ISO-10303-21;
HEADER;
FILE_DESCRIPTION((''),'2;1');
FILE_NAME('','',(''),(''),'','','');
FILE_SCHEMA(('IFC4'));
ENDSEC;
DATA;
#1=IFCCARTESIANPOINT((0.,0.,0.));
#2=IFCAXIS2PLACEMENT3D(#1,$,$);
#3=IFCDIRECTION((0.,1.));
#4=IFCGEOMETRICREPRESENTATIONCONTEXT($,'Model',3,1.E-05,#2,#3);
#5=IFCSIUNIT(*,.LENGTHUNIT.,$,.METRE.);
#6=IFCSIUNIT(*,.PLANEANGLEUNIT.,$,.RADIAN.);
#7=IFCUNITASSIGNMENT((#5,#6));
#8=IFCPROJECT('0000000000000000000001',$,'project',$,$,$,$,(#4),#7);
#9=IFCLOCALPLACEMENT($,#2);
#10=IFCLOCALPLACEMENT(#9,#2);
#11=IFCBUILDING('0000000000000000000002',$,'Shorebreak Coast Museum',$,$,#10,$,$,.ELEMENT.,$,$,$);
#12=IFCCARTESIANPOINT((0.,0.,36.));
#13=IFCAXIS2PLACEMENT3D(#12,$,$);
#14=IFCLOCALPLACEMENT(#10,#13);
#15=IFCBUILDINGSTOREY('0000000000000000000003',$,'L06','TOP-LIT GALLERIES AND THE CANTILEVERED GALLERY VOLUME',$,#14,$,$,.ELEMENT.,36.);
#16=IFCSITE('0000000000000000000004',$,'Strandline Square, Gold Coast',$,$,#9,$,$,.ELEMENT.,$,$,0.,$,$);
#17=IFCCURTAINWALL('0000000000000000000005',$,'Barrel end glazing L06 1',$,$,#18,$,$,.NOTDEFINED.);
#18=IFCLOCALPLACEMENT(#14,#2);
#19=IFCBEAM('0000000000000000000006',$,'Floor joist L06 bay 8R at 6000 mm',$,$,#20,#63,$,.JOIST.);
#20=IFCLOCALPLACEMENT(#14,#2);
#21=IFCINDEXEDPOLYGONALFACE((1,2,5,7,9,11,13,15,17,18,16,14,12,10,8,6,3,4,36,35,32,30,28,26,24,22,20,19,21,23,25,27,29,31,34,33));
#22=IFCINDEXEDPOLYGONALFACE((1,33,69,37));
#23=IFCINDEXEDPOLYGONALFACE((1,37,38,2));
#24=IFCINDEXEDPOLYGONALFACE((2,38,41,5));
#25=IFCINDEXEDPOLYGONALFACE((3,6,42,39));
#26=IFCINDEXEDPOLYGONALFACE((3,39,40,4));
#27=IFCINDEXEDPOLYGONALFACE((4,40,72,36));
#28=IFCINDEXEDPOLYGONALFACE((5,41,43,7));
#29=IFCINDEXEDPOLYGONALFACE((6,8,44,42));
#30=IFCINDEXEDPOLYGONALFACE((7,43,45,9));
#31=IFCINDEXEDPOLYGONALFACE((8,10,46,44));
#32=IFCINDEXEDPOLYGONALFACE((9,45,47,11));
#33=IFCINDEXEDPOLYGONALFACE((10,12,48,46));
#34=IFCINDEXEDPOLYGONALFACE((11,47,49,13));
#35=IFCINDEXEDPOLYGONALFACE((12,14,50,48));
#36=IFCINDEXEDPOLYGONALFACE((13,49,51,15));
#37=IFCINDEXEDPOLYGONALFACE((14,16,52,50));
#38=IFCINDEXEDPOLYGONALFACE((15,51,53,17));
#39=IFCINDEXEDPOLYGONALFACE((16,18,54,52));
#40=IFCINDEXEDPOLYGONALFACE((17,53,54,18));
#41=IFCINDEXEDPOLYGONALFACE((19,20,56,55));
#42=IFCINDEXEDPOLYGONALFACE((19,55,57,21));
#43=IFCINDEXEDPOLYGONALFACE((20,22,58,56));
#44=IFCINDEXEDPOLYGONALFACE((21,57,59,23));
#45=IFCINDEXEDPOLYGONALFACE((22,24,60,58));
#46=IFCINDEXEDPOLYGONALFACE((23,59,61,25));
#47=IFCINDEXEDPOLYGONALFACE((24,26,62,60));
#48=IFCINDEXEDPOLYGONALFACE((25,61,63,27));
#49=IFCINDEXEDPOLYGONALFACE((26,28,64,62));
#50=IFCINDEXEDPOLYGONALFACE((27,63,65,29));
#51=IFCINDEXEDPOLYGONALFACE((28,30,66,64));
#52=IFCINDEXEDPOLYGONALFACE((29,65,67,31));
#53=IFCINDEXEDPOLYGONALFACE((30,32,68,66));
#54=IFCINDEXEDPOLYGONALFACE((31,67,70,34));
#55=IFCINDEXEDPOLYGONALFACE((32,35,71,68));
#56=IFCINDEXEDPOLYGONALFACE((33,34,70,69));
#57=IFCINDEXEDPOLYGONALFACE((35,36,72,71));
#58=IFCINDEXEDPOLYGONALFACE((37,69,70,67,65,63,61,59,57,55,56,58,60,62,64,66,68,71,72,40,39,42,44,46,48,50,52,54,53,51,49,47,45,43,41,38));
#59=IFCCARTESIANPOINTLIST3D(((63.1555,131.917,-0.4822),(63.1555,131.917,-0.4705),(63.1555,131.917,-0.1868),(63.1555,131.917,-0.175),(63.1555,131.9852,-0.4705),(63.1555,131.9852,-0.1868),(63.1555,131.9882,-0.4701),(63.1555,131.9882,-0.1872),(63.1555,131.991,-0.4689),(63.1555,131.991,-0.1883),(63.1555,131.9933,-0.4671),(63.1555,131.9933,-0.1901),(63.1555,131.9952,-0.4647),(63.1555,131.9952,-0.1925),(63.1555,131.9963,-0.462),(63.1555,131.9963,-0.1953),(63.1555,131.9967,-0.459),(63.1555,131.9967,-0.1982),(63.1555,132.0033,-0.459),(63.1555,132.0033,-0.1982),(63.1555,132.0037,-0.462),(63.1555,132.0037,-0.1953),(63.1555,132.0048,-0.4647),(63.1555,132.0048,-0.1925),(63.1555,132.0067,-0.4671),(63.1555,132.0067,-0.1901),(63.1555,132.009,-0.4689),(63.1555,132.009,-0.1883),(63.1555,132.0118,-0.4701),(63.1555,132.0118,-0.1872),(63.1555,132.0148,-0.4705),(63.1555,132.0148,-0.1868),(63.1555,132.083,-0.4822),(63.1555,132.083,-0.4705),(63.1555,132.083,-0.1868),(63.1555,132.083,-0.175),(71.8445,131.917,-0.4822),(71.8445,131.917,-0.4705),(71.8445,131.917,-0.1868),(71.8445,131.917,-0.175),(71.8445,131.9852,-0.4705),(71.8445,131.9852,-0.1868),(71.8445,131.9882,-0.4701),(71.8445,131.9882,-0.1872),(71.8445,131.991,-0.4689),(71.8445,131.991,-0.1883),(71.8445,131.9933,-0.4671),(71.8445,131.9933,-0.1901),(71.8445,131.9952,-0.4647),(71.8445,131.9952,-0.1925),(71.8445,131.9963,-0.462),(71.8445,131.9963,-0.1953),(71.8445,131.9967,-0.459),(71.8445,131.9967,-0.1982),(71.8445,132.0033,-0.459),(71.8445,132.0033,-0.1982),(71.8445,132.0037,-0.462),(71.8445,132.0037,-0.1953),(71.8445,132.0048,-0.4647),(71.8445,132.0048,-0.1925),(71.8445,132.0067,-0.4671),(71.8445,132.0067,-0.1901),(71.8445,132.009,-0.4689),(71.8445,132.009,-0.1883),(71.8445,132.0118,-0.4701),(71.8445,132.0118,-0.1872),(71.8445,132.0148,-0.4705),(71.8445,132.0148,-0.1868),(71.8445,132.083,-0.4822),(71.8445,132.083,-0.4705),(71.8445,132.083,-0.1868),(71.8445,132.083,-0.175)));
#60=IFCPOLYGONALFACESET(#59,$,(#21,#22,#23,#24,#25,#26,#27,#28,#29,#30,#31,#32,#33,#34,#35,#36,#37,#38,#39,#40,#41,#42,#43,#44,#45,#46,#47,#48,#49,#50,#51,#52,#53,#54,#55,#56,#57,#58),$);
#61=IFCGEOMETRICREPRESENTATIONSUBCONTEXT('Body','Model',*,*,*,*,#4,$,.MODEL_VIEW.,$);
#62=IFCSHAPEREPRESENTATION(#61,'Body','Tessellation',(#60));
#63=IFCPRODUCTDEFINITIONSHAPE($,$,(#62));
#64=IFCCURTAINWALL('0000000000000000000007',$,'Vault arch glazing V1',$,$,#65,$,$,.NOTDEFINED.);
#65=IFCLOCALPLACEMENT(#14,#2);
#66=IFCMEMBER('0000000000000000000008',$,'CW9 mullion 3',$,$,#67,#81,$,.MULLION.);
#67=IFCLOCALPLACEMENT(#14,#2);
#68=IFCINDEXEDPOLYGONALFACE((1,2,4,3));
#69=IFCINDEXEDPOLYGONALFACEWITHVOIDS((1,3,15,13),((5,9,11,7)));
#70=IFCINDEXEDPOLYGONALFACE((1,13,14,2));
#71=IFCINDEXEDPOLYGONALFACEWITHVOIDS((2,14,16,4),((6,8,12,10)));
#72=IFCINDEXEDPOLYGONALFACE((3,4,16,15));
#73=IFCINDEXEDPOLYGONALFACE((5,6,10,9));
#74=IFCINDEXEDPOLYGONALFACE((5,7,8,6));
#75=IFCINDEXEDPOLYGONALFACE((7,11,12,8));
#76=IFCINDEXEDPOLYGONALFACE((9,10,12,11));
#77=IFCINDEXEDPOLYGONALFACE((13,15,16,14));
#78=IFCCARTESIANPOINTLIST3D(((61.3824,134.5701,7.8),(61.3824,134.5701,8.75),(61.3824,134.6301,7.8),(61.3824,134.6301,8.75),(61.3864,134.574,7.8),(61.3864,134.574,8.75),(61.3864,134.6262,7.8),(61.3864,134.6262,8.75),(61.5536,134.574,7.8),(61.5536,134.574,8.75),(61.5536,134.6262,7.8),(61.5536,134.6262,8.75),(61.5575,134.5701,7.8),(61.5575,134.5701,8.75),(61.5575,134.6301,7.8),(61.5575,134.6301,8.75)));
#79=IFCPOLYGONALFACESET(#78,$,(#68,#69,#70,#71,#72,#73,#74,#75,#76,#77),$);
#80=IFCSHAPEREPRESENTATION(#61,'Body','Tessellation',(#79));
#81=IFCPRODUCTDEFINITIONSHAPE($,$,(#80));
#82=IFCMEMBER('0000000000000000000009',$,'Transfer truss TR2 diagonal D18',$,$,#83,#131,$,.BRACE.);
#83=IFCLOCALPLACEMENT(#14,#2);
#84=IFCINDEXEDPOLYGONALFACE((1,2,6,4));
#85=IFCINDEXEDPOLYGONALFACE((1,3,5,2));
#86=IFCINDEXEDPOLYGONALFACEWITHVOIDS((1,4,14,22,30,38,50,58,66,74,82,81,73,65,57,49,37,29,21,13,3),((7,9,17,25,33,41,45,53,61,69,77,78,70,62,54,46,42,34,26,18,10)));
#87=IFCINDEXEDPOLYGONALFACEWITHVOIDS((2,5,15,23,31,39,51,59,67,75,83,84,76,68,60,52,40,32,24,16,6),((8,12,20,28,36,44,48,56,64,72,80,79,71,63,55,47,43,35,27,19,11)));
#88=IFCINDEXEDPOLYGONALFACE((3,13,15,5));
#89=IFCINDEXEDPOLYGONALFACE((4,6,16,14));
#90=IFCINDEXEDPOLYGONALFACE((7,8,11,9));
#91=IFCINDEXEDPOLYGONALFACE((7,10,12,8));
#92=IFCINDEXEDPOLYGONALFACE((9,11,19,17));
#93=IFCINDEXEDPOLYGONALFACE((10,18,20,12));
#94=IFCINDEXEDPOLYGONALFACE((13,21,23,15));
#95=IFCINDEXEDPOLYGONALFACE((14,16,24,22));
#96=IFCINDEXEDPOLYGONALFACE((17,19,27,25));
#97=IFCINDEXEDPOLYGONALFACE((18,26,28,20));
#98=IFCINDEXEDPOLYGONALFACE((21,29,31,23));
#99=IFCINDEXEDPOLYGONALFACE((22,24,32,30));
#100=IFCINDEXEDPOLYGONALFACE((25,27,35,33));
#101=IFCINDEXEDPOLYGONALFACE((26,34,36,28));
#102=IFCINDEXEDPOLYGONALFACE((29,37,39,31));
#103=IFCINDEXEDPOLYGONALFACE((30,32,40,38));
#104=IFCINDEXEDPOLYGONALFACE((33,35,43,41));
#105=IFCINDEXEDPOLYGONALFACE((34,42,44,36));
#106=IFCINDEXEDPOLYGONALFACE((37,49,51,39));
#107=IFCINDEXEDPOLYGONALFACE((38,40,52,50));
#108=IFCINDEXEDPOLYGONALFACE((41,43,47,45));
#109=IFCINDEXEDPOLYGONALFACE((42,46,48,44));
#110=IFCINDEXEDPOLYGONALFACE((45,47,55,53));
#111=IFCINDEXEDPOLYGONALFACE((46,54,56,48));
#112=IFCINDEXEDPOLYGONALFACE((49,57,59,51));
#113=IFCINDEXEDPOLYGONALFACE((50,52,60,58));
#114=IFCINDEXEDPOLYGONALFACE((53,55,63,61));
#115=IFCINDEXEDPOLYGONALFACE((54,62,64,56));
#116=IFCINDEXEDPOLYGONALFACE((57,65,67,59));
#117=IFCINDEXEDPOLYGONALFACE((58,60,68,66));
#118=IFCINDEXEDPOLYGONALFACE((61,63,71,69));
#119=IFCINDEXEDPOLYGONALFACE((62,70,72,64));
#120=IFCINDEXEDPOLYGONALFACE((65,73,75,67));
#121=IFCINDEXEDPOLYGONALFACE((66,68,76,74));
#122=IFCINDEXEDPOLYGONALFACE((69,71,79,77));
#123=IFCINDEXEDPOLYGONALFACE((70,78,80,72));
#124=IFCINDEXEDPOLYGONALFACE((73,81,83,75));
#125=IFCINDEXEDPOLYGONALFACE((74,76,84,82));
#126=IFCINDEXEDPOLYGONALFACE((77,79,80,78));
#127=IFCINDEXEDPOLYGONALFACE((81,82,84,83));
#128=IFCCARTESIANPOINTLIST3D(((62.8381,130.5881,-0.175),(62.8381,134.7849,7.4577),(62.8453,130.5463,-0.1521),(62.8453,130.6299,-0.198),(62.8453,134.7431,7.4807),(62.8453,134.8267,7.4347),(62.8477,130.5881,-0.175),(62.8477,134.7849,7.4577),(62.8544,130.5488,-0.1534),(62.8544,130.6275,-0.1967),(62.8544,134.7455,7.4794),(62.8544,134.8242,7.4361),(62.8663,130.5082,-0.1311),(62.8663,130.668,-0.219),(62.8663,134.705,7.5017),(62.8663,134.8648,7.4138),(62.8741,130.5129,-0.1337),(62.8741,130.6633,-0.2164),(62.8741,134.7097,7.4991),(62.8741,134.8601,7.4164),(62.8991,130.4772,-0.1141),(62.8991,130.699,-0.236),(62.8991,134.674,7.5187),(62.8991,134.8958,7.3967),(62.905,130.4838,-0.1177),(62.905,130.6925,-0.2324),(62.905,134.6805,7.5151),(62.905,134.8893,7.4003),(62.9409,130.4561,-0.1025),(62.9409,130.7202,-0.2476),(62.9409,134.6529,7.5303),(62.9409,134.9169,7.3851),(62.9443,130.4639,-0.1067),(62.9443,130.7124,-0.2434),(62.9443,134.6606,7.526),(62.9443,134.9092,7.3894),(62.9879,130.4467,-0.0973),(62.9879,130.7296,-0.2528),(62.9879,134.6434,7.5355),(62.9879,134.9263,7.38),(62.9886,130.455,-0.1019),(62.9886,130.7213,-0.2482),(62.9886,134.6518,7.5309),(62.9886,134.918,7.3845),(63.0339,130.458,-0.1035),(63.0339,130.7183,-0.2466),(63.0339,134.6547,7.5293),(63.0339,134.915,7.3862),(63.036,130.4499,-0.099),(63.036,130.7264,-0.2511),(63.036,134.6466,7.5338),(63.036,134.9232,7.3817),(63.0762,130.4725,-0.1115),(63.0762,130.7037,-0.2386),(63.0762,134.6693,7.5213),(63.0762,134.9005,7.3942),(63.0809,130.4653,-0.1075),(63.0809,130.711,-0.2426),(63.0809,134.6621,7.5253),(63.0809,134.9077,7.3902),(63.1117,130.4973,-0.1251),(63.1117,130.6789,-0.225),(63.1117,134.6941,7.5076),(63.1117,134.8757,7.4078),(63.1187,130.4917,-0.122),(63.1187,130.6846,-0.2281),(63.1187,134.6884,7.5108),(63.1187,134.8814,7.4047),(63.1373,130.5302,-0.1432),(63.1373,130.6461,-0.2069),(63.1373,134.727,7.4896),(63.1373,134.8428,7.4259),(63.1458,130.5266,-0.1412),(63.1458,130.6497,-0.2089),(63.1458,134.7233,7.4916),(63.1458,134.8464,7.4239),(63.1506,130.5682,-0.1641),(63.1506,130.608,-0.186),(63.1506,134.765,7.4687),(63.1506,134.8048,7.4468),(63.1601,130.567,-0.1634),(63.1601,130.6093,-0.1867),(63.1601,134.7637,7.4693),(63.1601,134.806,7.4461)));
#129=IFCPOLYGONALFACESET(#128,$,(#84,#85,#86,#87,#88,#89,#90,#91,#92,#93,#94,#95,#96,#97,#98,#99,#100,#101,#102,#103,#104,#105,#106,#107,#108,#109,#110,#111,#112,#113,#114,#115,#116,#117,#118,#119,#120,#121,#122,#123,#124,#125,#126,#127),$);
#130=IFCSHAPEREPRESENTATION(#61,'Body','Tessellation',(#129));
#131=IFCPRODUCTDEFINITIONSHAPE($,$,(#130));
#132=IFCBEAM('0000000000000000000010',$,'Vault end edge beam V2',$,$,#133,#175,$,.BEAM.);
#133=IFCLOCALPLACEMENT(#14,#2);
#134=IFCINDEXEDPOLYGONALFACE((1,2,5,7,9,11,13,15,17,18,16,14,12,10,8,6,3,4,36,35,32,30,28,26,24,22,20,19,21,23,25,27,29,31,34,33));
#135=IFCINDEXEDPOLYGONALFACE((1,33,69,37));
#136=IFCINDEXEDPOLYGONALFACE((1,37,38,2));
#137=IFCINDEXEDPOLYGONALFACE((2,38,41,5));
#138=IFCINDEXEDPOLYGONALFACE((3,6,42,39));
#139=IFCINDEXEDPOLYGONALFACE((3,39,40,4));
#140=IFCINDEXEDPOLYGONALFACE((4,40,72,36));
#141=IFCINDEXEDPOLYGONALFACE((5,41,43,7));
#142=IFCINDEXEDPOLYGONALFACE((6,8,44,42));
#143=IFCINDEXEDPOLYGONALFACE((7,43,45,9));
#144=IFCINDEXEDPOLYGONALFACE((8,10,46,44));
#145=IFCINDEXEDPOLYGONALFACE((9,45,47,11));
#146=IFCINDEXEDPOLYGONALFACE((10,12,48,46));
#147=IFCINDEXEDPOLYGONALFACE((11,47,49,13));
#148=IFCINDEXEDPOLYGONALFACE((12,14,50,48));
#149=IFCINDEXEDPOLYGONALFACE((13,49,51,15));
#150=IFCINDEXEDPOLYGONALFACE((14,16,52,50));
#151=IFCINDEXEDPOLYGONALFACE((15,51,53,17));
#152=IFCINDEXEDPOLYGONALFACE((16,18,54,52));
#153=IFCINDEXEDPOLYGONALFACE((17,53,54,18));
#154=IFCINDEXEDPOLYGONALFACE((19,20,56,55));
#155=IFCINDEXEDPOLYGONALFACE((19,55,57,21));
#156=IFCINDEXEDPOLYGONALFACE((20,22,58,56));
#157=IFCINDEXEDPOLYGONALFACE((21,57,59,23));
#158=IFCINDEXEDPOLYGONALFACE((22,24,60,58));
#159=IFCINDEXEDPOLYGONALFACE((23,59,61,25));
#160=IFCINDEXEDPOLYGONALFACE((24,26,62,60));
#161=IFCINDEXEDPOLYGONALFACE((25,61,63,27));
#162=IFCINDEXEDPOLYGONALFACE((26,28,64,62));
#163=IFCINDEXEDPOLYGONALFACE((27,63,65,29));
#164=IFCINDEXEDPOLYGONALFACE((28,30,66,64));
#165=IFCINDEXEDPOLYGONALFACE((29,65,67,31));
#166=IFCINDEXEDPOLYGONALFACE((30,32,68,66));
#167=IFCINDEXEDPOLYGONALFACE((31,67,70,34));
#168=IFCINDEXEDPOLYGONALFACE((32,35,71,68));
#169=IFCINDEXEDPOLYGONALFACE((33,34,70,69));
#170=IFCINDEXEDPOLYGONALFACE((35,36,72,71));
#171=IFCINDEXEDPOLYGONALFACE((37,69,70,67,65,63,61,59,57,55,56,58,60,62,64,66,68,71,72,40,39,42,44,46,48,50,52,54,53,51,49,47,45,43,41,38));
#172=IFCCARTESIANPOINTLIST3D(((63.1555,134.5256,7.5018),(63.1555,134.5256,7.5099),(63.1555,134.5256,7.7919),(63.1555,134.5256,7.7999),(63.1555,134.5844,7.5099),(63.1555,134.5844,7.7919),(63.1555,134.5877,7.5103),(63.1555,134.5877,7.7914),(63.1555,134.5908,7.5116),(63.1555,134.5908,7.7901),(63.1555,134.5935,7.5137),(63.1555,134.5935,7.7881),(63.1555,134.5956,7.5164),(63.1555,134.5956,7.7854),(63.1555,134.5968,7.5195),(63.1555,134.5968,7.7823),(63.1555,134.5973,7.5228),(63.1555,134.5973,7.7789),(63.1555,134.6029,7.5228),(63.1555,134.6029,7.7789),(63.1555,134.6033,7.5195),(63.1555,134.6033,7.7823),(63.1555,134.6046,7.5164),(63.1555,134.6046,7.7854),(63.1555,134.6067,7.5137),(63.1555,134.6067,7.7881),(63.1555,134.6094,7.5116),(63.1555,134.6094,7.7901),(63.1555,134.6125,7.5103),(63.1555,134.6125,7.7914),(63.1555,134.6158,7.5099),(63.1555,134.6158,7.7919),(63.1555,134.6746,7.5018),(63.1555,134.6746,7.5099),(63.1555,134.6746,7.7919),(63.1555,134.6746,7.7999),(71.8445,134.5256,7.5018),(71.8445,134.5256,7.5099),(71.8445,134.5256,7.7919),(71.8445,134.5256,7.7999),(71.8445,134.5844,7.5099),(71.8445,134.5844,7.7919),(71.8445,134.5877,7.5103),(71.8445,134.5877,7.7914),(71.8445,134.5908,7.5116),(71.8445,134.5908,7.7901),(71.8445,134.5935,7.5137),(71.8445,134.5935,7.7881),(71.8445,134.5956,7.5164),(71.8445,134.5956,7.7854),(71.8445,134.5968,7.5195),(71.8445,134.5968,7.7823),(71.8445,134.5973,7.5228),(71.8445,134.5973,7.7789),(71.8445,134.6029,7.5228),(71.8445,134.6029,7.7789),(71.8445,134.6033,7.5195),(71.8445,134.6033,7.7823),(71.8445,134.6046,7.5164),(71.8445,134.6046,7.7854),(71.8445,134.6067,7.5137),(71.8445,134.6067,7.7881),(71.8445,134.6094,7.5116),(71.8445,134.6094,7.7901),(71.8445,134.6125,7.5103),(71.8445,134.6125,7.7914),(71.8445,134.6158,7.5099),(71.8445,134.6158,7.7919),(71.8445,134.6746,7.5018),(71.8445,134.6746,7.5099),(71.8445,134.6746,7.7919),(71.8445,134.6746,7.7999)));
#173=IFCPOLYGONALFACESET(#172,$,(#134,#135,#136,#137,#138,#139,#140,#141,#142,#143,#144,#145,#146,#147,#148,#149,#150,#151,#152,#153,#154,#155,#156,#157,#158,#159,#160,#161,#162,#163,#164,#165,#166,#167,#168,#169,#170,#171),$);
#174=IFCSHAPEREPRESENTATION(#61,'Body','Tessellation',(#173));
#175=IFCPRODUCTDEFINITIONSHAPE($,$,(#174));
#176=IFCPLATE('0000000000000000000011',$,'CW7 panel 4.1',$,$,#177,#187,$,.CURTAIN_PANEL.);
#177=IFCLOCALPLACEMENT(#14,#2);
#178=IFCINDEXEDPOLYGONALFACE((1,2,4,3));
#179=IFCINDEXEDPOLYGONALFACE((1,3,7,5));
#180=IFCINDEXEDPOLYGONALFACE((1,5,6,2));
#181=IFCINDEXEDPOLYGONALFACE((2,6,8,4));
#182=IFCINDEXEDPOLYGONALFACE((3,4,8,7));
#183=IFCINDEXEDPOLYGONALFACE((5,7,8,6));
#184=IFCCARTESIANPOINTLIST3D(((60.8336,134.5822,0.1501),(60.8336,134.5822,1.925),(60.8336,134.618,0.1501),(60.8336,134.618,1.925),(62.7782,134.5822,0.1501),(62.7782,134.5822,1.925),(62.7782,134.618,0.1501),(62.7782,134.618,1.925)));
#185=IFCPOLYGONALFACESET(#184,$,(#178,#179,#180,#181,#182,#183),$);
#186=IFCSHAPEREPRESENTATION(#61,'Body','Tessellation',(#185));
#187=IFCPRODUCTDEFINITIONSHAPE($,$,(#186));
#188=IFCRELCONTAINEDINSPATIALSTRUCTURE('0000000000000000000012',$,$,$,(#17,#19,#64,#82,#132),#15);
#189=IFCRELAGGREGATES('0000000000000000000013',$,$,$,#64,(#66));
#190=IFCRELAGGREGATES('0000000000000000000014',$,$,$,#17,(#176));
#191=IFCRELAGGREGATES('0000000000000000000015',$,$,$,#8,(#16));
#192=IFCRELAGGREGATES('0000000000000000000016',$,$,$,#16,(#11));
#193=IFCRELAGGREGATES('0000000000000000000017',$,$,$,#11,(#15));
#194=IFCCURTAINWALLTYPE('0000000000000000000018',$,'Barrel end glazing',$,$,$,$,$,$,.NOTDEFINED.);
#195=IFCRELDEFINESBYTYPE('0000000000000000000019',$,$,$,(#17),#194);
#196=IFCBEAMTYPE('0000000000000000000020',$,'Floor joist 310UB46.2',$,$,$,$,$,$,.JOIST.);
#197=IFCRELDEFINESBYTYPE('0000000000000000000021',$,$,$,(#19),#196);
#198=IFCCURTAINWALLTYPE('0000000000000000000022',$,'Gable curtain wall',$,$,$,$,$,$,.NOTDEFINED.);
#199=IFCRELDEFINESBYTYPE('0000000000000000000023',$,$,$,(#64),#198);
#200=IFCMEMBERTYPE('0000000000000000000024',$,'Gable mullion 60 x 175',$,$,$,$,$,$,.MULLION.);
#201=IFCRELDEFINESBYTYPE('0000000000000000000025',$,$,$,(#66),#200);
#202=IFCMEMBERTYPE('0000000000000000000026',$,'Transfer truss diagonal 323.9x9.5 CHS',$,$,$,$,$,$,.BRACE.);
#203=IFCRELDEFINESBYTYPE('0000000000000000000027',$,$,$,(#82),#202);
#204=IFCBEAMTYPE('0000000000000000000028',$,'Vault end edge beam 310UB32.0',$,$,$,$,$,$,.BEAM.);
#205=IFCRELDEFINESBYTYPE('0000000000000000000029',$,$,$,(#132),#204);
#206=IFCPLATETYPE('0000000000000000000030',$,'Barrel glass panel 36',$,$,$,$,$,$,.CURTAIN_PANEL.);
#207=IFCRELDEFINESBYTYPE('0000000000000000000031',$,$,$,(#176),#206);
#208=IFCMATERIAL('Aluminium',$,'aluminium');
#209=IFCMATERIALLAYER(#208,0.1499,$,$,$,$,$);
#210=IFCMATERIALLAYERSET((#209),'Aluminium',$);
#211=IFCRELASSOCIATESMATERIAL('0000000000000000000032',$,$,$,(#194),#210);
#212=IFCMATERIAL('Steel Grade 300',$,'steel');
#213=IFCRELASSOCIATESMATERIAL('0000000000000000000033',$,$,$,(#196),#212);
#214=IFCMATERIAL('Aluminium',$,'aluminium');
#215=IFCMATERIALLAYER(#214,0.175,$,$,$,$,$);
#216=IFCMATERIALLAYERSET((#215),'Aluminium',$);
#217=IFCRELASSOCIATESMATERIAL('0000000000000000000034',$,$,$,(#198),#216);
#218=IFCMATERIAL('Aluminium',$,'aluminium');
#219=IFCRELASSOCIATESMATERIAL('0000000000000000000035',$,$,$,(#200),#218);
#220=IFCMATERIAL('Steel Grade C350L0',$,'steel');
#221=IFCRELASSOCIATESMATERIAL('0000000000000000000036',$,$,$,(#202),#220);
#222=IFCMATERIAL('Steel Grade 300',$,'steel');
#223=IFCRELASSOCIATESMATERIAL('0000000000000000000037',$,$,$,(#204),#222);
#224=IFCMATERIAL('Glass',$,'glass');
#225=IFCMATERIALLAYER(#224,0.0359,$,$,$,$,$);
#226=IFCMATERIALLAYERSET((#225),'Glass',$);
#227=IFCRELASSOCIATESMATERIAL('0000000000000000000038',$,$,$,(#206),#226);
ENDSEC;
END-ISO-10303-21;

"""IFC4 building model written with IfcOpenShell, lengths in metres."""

from ifc_helpers import new_model, si_unit, direction, frame, origin, origin_2d, place, context, subcontext, project, spatial, rectangle, hollow_rectangle, hollow_circle, i_section, extrude, material, layer, layer_set, material_profile, profile_set, type_object, element, aggregate, save


model = new_model("IFC4")

# Units and contexts
model_context = context("Model", 3, precision=1e-05, world=origin(), true_north=direction((0.0, 1.0)))
body_context = subcontext(model_context, "Body", "Model", "MODEL_VIEW")
ifc_project = project(units=[si_unit("LENGTHUNIT", "METRE"), si_unit("PLANEANGLEUNIT", "RADIAN")], contexts=[model_context])

# Site, building, storey
site_placement = place(None, origin())
site = spatial("IfcSite", under=ifc_project, at=site_placement, Name="Strandline Square, Gold Coast", CompositionType="ELEMENT", RefElevation=0.0)
building_placement = place(site_placement, origin())
building = spatial("IfcBuilding", under=site, at=building_placement, Name="Shorebreak Coast Museum", CompositionType="ELEMENT")
storey_placement = place(building_placement, frame((0.0, 0.0, 36.0)))
storey = spatial("IfcBuildingStorey", under=building, at=storey_placement, Name="L06", Description="TOP-LIT GALLERIES AND THE CANTILEVERED GALLERY VOLUME", CompositionType="ELEMENT", Elevation=36.0)

# Curtain wall
ifc_material_1 = material(Name="Aluminium", Category="aluminium")
ifc_layer_1 = layer(ifc_material_1, 0.1499)
ifc_layer_set_1 = layer_set([ifc_layer_1], Name="Aluminium")
curtain_wall_type_1 = type_object("IfcCurtainWallType", Name="Barrel end glazing", PredefinedType="NOTDEFINED", material=ifc_layer_set_1)
curtain_wall_1_placement = place(storey_placement, origin())
curtain_wall_1 = element("IfcCurtainWall", 1, at=curtain_wall_1_placement, inside=storey, type_object=curtain_wall_type_1, Name="Barrel end glazing L06 1", PredefinedType="NOTDEFINED")

# Beam
ifc_material_2 = material(Name="Steel Grade 300", Category="steel")
ifc_material_profile_1 = material_profile(ifc_material_2, i_section(OverallWidth=0.166, OverallDepth=0.3071, WebThickness=0.0066, FlangeThickness=0.0117, FilletRadius=0.0115, at=origin_2d()), Name="310UB46.2")
ifc_profile_set_1 = profile_set([ifc_material_profile_1], Name="Steel Grade 300")
beam_type_1 = type_object("IfcBeamType", Name="Floor joist 310UB46.2", PredefinedType="JOIST", material=ifc_profile_set_1)
beam_1_placement = place(storey_placement, frame((63.1555, 132.0, -0.3286), z_axis=(1.0, 0.0, 0.0), x_axis=(0.0, 1.0, 0.0)))
element("IfcBeam", 2, at=beam_1_placement, inside=storey, type_object=beam_type_1, Name="Floor joist L06 bay 8R at 6000 mm", PredefinedType="JOIST", context=body_context, shape_type="SweptSolid", body=[
    extrude(i_section(OverallWidth=0.166, OverallDepth=0.3071, WebThickness=0.0066, FlangeThickness=0.0117, FilletRadius=0.0115, at=origin_2d()), origin(), (0.0, 0.0, 1.0), 8.689),
])

# Curtain wall, member
ifc_material_3 = material(Name="Aluminium", Category="aluminium")
ifc_layer_2 = layer(ifc_material_3, 0.175)
ifc_layer_set_2 = layer_set([ifc_layer_2], Name="Aluminium")
curtain_wall_type_2 = type_object("IfcCurtainWallType", Name="Gable curtain wall", PredefinedType="NOTDEFINED", material=ifc_layer_set_2)
curtain_wall_2_placement = place(storey_placement, origin())
curtain_wall_2 = element("IfcCurtainWall", 3, at=curtain_wall_2_placement, inside=storey, type_object=curtain_wall_type_2, Name="Vault arch glazing V1", PredefinedType="NOTDEFINED")
ifc_material_4 = material(Name="Aluminium", Category="aluminium")
ifc_material_profile_2 = material_profile(ifc_material_4, hollow_rectangle(XDim=0.0601, YDim=0.175, WallThickness=0.0039, at=origin_2d()), Name="AL 175x60 RHS")
ifc_profile_set_2 = profile_set([ifc_material_profile_2], Name="Aluminium")
member_type_1 = type_object("IfcMemberType", Name="Gable mullion 60 x 175", PredefinedType="MULLION", material=ifc_profile_set_2)
member_1_placement = place(storey_placement, frame((61.47, 134.6001, 7.8), z_axis=(0.0, 0.0, 1.0), x_axis=(0.0, 1.0, 0.0)))
member_1 = element("IfcMember", 4, at=member_1_placement, type_object=member_type_1, Name="CW9 mullion 3", PredefinedType="MULLION", context=body_context, shape_type="SweptSolid", body=[
    extrude(hollow_rectangle(XDim=0.0601, YDim=0.175, WallThickness=0.0039, at=origin_2d()), origin(), (0.0, 0.0, 1.0), 0.95),
])
aggregate(curtain_wall_2, [member_1])

# Member
ifc_material_5 = material(Name="Steel Grade C350L0", Category="steel")
ifc_material_profile_3 = material_profile(ifc_material_5, hollow_circle(Radius=0.1619, WallThickness=0.0095, at=origin_2d()), Name="323.9x9.5 CHS")
ifc_profile_set_3 = profile_set([ifc_material_profile_3], Name="Steel Grade C350L0")
member_type_2 = type_object("IfcMemberType", Name="Transfer truss diagonal 323.9x9.5 CHS", PredefinedType="BRACE", material=ifc_profile_set_3)
member_2_placement = place(storey_placement, frame((63.0, 130.5881, -0.175), z_axis=(0.0, 0.481807, 0.876277), x_axis=(-1.0, 0.0, 0.0)))
element("IfcMember", 5, at=member_2_placement, inside=storey, type_object=member_type_2, Name="Transfer truss TR2 diagonal D18", PredefinedType="BRACE", context=body_context, shape_type="SweptSolid", body=[
    extrude(hollow_circle(Radius=0.1619, WallThickness=0.0095, at=origin_2d()), origin(), (0.0, 0.0, 1.0), 8.7104),
])

# Beam
ifc_material_6 = material(Name="Steel Grade 300", Category="steel")
ifc_material_profile_4 = material_profile(ifc_material_6, i_section(OverallWidth=0.1489, OverallDepth=0.2981, WebThickness=0.0056, FlangeThickness=0.0081, FilletRadius=0.0129, at=origin_2d()), Name="310UB32.0")
ifc_profile_set_4 = profile_set([ifc_material_profile_4], Name="Steel Grade 300")
beam_type_2 = type_object("IfcBeamType", Name="Vault end edge beam 310UB32.0", PredefinedType="BEAM", material=ifc_profile_set_4)
beam_2_placement = place(storey_placement, frame((63.1555, 134.6001, 7.6509), z_axis=(1.0, 0.0, 0.0), x_axis=(0.0, 1.0, 0.0)))
element("IfcBeam", 6, at=beam_2_placement, inside=storey, type_object=beam_type_2, Name="Vault end edge beam V2", PredefinedType="BEAM", context=body_context, shape_type="SweptSolid", body=[
    extrude(i_section(OverallWidth=0.1489, OverallDepth=0.2981, WebThickness=0.0056, FlangeThickness=0.0081, FilletRadius=0.0129, at=origin_2d()), origin(), (0.0, 0.0, 1.0), 8.689),
])

# Plate
ifc_material_7 = material(Name="Glass", Category="glass")
ifc_layer_3 = layer(ifc_material_7, 0.0359)
ifc_layer_set_3 = layer_set([ifc_layer_3], Name="Glass")
plate_type = type_object("IfcPlateType", Name="Barrel glass panel 36", PredefinedType="CURTAIN_PANEL", material=ifc_layer_set_3)
plate_1_placement = place(storey_placement, frame((61.8059, 134.6001, 0.1501), z_axis=(0.0, 0.0, 1.0), x_axis=(1.0, 0.0, 0.0)))
plate_1 = element("IfcPlate", 7, at=plate_1_placement, type_object=plate_type, Name="CW7 panel 4.1", PredefinedType="CURTAIN_PANEL", context=body_context, shape_type="SweptSolid", body=[
    extrude(rectangle(XDim=1.9446, YDim=0.0359, at=origin_2d()), origin(), (0.0, 0.0, 1.0), 1.7749),
])
aggregate(curtain_wall_1, [plate_1])

save(model, "model.ifc")
